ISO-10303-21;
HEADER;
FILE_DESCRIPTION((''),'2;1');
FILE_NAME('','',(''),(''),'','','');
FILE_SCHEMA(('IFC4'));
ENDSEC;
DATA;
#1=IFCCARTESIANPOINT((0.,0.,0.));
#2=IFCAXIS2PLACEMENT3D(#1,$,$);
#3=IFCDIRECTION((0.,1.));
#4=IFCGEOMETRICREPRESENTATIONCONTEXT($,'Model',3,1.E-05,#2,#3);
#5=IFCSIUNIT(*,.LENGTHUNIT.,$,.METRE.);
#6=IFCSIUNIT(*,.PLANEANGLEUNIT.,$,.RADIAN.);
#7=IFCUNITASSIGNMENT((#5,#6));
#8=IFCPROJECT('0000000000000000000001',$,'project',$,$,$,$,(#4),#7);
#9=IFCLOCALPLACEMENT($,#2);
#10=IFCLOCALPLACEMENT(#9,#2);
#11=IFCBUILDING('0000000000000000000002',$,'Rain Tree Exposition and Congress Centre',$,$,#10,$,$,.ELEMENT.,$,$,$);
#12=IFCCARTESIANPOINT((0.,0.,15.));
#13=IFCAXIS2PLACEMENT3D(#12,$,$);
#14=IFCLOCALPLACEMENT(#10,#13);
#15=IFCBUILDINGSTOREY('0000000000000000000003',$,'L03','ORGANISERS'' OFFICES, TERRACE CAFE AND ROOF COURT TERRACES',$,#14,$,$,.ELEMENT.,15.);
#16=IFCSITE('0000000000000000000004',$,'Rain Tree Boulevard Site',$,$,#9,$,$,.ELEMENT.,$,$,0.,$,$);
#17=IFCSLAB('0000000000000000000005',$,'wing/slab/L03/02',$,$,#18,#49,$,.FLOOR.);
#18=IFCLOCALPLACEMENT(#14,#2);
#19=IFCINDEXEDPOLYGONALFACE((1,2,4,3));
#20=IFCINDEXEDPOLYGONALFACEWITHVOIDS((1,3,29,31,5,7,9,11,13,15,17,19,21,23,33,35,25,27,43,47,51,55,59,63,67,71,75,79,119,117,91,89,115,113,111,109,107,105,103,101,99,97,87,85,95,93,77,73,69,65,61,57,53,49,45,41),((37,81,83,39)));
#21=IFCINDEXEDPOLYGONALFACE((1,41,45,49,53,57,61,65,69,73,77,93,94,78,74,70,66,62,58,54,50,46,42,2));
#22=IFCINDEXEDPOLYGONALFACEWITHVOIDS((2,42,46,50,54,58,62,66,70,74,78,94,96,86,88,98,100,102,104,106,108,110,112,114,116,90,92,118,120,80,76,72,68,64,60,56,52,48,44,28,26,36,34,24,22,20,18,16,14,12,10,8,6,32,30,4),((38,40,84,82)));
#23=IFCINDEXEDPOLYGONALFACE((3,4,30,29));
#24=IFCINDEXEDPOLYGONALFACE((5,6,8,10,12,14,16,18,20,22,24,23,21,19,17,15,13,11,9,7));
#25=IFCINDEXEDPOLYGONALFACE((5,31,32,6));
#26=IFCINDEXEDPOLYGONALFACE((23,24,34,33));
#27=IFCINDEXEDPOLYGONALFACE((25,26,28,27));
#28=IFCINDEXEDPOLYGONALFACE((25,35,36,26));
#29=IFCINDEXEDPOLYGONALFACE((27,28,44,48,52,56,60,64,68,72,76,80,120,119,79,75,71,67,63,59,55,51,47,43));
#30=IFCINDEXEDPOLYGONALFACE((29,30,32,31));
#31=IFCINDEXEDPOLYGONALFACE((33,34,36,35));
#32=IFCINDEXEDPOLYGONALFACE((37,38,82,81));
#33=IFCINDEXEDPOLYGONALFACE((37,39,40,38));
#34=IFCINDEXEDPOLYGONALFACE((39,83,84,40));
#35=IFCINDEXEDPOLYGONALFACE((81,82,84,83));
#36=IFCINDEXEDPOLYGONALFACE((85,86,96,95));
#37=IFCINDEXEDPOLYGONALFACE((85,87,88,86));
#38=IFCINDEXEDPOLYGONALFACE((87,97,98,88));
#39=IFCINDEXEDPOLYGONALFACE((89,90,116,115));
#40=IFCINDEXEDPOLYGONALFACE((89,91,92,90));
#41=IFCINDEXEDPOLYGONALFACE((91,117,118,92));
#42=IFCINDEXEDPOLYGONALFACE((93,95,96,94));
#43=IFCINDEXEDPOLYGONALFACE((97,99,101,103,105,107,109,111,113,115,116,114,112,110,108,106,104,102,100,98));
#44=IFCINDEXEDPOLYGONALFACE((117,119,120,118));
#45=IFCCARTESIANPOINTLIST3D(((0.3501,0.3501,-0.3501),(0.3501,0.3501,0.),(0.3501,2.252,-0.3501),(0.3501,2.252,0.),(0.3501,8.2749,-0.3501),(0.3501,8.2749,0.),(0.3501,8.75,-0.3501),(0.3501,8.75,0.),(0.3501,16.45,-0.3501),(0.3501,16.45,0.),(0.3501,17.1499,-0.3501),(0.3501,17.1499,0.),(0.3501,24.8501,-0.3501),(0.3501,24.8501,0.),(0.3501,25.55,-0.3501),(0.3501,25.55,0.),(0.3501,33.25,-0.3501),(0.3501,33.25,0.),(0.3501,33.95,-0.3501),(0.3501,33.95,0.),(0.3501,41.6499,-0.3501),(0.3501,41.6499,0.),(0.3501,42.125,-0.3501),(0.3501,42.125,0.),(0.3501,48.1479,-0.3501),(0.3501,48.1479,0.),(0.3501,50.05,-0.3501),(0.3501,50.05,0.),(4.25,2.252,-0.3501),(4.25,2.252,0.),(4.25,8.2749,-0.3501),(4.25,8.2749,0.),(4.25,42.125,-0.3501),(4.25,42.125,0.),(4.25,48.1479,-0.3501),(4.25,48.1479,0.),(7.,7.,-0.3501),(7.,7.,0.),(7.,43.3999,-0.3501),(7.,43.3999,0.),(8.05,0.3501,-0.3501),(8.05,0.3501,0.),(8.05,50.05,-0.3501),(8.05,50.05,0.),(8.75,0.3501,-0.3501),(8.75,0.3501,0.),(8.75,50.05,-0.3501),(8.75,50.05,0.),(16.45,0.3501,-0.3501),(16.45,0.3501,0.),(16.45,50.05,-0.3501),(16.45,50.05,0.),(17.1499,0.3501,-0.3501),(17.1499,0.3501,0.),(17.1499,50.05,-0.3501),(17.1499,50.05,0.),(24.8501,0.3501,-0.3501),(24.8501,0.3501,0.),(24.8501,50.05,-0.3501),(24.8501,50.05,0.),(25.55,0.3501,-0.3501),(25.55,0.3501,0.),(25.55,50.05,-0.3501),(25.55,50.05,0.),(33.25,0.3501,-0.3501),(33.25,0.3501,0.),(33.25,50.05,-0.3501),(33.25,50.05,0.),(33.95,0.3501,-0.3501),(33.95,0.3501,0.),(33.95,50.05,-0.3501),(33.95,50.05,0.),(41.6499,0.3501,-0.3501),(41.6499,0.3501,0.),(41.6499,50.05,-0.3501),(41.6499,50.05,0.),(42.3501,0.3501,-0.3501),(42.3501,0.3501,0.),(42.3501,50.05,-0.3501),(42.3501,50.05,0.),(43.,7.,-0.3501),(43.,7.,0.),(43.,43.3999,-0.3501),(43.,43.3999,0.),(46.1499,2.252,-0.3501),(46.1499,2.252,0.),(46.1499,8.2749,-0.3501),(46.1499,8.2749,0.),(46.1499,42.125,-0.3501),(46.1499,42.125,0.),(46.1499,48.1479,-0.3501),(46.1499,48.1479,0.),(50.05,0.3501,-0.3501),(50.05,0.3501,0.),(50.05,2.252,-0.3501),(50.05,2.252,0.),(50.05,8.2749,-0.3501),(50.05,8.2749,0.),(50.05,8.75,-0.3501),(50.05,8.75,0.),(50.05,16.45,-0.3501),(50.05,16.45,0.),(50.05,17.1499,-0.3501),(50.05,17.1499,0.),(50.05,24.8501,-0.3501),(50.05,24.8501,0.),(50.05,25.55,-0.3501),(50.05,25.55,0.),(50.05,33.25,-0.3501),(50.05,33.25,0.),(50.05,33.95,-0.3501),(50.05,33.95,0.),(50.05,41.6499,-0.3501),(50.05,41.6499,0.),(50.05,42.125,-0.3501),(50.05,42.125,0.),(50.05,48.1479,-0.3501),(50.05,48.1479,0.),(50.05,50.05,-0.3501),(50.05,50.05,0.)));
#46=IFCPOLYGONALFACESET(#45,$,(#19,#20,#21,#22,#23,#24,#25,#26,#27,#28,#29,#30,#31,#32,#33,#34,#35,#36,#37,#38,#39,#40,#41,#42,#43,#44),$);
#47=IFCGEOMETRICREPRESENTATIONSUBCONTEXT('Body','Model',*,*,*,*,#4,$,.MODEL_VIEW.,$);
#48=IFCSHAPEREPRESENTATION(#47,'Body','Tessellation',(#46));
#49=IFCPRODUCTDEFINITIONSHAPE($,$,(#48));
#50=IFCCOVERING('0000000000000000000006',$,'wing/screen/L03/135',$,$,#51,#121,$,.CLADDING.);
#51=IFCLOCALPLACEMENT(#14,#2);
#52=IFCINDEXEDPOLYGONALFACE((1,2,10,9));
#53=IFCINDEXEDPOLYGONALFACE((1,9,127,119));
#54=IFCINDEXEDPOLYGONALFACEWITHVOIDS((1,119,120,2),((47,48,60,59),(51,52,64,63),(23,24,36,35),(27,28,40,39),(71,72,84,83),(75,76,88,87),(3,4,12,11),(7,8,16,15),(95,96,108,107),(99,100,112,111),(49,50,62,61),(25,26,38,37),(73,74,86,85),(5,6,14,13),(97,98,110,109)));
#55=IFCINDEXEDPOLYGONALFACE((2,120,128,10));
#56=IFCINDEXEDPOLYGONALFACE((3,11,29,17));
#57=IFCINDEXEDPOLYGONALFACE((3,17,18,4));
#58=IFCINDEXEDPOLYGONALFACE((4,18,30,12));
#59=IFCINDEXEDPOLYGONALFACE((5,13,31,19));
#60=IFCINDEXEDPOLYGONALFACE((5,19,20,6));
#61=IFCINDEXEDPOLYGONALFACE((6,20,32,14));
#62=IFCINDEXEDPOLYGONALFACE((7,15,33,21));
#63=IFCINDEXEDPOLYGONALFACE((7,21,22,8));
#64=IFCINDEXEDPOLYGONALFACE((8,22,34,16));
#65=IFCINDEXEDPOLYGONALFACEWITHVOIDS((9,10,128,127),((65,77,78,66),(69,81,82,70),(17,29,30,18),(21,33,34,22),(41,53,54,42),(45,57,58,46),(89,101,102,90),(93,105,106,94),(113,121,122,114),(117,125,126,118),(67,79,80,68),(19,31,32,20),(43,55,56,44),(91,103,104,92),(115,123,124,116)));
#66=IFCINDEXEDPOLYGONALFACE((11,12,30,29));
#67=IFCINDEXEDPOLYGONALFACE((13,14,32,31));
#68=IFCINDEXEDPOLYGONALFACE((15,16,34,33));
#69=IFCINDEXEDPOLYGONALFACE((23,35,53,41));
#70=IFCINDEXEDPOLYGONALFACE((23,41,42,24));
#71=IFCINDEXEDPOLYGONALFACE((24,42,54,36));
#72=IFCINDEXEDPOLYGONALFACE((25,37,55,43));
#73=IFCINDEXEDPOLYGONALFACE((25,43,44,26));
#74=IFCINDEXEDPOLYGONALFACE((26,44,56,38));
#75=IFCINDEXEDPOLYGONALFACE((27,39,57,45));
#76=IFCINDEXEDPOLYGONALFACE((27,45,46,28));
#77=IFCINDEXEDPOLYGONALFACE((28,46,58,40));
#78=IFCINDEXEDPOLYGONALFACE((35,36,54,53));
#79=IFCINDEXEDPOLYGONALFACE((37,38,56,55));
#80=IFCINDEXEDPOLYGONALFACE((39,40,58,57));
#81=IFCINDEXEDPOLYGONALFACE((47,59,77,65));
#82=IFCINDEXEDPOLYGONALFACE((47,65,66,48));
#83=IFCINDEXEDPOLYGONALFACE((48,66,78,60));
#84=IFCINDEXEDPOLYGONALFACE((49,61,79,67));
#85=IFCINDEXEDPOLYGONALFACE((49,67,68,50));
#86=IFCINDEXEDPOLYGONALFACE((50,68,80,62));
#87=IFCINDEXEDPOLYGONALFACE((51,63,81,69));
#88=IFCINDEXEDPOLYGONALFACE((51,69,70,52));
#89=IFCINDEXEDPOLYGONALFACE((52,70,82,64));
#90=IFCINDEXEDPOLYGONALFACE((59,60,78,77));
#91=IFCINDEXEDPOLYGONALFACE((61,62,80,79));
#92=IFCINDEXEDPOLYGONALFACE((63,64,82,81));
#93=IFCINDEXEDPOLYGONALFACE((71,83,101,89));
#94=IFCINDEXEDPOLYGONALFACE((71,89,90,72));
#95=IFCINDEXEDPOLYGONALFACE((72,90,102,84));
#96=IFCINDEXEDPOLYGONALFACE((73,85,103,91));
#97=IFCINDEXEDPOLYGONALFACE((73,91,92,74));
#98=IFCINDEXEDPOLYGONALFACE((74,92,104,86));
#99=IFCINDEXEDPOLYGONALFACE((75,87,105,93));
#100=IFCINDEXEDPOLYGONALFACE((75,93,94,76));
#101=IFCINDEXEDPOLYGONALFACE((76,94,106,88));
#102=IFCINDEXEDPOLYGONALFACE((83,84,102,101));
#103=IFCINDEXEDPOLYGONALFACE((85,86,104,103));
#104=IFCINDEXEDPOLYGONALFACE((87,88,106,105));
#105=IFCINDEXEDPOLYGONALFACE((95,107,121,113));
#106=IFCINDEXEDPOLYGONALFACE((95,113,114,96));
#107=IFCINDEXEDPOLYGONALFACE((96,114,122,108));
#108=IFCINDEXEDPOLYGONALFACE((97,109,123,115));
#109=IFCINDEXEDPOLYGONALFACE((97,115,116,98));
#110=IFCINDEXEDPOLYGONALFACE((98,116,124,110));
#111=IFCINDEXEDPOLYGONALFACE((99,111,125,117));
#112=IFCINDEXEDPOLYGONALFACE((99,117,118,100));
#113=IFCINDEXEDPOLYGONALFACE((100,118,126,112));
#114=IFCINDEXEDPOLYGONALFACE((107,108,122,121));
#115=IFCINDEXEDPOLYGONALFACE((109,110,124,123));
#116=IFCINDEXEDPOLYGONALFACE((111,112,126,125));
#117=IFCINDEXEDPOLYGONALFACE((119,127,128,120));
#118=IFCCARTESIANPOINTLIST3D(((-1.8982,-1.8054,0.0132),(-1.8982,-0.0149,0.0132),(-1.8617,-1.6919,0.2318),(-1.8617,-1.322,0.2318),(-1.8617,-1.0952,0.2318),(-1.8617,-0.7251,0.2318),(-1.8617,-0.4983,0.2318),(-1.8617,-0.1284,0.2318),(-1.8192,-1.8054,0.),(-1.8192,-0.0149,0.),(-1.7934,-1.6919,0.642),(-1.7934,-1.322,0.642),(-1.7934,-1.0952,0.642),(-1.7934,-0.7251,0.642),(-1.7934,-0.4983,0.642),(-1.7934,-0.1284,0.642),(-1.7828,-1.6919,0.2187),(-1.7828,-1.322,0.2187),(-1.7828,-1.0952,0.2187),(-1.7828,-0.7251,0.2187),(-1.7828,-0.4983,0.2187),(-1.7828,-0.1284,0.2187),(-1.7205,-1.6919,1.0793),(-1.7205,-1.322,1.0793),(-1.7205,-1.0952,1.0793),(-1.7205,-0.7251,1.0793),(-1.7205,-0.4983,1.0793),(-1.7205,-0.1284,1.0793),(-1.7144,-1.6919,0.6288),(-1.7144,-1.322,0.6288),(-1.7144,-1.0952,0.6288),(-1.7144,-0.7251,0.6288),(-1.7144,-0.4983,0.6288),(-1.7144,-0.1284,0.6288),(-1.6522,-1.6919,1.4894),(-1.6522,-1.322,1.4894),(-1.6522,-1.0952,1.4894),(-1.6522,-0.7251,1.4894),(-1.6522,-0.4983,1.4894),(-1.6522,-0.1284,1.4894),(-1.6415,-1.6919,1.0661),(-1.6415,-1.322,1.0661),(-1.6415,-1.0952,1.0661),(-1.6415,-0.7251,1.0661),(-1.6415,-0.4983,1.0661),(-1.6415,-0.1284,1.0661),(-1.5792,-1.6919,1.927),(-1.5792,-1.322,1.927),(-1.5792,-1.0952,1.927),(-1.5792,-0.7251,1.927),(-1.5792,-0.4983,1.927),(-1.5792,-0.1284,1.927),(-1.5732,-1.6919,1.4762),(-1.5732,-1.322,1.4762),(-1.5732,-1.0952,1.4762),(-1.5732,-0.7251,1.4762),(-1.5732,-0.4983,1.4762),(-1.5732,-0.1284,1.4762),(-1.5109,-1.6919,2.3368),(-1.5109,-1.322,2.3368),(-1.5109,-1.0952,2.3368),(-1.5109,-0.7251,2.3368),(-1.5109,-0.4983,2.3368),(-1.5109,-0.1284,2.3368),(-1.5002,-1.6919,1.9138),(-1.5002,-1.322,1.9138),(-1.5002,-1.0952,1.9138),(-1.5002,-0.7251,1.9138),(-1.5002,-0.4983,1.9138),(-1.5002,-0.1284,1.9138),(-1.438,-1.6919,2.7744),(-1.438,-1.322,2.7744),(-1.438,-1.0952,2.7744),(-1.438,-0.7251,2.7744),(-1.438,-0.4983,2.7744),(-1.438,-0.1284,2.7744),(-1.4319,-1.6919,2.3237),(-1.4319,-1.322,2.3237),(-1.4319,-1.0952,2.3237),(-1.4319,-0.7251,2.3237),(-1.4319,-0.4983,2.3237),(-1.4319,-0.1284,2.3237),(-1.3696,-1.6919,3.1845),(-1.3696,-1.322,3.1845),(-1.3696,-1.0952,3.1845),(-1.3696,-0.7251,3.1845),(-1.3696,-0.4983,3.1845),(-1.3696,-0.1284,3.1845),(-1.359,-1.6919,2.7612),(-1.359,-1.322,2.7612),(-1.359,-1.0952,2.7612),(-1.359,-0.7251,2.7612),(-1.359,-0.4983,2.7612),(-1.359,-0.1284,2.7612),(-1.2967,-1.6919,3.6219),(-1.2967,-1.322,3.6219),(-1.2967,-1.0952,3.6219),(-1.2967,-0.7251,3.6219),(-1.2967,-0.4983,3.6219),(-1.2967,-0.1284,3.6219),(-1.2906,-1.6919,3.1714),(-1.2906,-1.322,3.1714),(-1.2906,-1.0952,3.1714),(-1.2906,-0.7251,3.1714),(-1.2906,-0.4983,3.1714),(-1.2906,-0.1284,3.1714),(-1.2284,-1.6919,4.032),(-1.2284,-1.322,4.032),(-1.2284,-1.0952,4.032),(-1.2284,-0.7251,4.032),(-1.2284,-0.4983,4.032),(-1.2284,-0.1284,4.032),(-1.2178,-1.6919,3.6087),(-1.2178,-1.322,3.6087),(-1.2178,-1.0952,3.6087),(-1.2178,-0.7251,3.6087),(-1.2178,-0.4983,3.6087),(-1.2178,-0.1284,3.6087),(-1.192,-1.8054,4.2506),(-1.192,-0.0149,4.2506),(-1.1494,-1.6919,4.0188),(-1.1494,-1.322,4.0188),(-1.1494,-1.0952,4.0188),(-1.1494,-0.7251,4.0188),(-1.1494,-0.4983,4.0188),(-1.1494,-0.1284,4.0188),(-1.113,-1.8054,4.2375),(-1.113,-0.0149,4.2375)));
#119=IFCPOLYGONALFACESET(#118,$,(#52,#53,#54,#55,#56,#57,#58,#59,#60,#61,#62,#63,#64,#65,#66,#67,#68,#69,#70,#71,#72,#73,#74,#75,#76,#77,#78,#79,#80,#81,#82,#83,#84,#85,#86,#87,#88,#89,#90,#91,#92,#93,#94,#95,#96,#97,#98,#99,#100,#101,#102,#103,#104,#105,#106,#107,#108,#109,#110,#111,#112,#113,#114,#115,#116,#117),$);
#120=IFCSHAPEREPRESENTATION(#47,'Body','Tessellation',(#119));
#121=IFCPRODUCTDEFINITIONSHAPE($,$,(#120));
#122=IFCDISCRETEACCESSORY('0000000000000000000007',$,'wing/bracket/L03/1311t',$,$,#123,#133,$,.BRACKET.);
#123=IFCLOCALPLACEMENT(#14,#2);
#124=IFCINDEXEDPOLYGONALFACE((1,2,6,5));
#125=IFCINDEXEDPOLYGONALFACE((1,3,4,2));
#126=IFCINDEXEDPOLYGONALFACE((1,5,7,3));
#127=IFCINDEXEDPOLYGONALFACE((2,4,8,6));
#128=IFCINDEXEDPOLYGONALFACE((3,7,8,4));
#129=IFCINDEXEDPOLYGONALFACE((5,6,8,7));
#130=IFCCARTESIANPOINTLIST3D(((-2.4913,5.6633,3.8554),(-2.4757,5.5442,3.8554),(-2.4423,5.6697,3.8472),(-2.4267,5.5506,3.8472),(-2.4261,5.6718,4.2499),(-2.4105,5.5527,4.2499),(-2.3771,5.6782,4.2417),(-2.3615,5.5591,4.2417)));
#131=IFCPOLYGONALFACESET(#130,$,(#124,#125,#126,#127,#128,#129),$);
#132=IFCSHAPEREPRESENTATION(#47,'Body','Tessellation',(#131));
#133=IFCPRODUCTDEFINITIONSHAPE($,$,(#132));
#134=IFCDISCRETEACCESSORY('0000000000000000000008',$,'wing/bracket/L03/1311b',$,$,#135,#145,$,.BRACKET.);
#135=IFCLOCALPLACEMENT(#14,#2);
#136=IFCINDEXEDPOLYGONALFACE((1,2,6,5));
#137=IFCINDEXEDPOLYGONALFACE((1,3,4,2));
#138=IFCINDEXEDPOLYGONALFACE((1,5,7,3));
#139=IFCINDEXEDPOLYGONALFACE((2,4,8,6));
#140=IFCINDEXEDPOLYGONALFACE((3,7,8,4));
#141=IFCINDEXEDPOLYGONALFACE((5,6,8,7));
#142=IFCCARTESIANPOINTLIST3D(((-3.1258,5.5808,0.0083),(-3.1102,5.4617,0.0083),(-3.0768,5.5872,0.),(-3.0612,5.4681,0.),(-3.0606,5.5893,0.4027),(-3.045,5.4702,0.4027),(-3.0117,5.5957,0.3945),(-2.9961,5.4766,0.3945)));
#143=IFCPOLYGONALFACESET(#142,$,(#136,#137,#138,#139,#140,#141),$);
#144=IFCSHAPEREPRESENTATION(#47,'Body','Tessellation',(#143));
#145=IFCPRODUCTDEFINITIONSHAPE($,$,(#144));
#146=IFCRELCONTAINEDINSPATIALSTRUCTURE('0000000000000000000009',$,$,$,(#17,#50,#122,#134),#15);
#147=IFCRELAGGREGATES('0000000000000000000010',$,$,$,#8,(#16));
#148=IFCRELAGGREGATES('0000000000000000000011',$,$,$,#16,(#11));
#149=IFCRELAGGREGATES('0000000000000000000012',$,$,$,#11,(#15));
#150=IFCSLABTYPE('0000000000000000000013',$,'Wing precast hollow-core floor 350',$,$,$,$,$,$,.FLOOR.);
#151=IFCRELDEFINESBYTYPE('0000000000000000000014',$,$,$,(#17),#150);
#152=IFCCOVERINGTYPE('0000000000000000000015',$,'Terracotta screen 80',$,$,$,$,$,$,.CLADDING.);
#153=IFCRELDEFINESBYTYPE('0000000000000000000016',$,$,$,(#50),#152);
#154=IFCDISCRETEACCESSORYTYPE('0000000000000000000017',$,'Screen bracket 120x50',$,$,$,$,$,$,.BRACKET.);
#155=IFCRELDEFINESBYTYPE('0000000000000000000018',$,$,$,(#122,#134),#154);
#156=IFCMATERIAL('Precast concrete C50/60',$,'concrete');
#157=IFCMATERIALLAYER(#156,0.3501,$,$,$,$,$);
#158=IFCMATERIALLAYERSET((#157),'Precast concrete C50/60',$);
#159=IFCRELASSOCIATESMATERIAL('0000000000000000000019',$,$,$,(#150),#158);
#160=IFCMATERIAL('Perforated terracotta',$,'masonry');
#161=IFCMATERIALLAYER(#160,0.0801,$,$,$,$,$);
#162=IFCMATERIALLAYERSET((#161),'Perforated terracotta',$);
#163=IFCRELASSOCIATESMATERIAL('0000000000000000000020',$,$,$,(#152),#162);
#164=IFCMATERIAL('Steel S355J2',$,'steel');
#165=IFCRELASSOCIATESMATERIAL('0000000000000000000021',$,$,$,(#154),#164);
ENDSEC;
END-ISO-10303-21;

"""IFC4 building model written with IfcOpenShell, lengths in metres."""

from ifc_helpers import new_model, si_unit, direction, frame, origin, origin_2d, place, context, subcontext, project, spatial, polyline, rectangle, outline, extrude, material, layer, layer_set, material_profile, profile_set, type_object, element, save


model = new_model("IFC4")

# Units and contexts
model_context = context("Model", 3, precision=1e-05, world=origin(), true_north=direction((0.0, 1.0)))
body_context = subcontext(model_context, "Body", "Model", "MODEL_VIEW")
ifc_project = project(units=[si_unit("LENGTHUNIT", "METRE"), si_unit("PLANEANGLEUNIT", "RADIAN")], contexts=[model_context])

# Site, building, storey
site_placement = place(None, origin())
site = spatial("IfcSite", under=ifc_project, at=site_placement, Name="Rain Tree Boulevard Site", CompositionType="ELEMENT", RefElevation=0.0)
building_placement = place(site_placement, origin())
building = spatial("IfcBuilding", under=site, at=building_placement, Name="Rain Tree Exposition and Congress Centre", CompositionType="ELEMENT")
storey_placement = place(building_placement, frame((0.0, 0.0, 15.0)))
storey = spatial("IfcBuildingStorey", under=building, at=storey_placement, Name="L03", Description="ORGANISERS' OFFICES, TERRACE CAFE AND ROOF COURT TERRACES", CompositionType="ELEMENT", Elevation=15.0)

# Slab
ifc_material_1 = material(Name="Precast concrete C50/60", Category="concrete")
ifc_layer_1 = layer(ifc_material_1, 0.3501)
ifc_layer_set_1 = layer_set([ifc_layer_1], Name="Precast concrete C50/60")
slab_type_1 = type_object("IfcSlabType", Name="Wing precast hollow-core floor 350", PredefinedType="FLOOR", material=ifc_layer_set_1)
slab_1_placement = place(storey_placement, frame((0.0, 0.0, -0.3501)))
element("IfcSlab", 1, at=slab_1_placement, inside=storey, type_object=slab_type_1, Name="wing/slab/L03/02", PredefinedType="FLOOR", context=body_context, shape_type="SweptSolid", body=[
    extrude(outline(polyline([(42.3501, 0.3501), (50.05, 0.3501), (50.05, 2.252), (46.1499, 2.252), (46.1499, 8.2749), (50.05, 8.2749), (50.05, 8.75), (50.05, 16.45), (50.05, 17.1499), (50.05, 24.8501), (50.05, 25.55), (50.05, 33.25), (50.05, 33.95), (50.05, 41.6499), (50.05, 42.125), (46.1499, 42.125), (46.1499, 48.1479), (50.05, 48.1479), (50.05, 50.05), (42.3501, 50.05), (41.6499, 50.05), (33.95, 50.05), (33.25, 50.05), (25.55, 50.05), (24.8501, 50.05), (17.1499, 50.05), (16.45, 50.05), (8.75, 50.05), (8.05, 50.05), (0.3501, 50.05), (0.3501, 48.1479), (4.25, 48.1479), (4.25, 42.125), (0.3501, 42.125), (0.3501, 41.6499), (0.3501, 33.95), (0.3501, 33.25), (0.3501, 25.55), (0.3501, 24.8501), (0.3501, 17.1499), (0.3501, 16.45), (0.3501, 8.75), (0.3501, 8.2749), (4.25, 8.2749), (4.25, 2.252), (0.3501, 2.252), (0.3501, 0.3501), (8.05, 0.3501), (8.75, 0.3501), (16.45, 0.3501), (17.1499, 0.3501), (24.8501, 0.3501), (25.55, 0.3501), (33.25, 0.3501), (33.95, 0.3501), (41.6499, 0.3501), (42.3501, 0.3501)]), holes=[polyline([(7.0, 7.0), (7.0, 43.3999), (43.0, 43.3999), (43.0, 7.0), (7.0, 7.0)])]), origin(), (0.0, 0.0, 1.0), 0.3501),
])

# Covering
ifc_material_2 = material(Name="Perforated terracotta", Category="masonry")
ifc_layer_2 = layer(ifc_material_2, 0.0801)
ifc_layer_set_2 = layer_set([ifc_layer_2], Name="Perforated terracotta")
covering_type_1 = type_object("IfcCoveringType", Name="Terracotta screen 80", PredefinedType="CLADDING", material=ifc_layer_set_2)
covering_1_placement = place(storey_placement, frame((-1.8982, 0.0, 0.0132), z_axis=(0.986394, 0.0, -0.164399), x_axis=(0.0, 1.0, 0.0)))
element("IfcCovering", 2, at=covering_1_placement, inside=storey, type_object=covering_type_1, Name="wing/screen/L03/135", PredefinedType="CLADDING", context=body_context, shape_type="SweptSolid", body=[
    extrude(outline(polyline([(-1.8054, 0.0), (-1.8054, 4.2959), (-0.0149, 4.2959), (-0.0149, 0.0), (-1.8054, 0.0)]), holes=[polyline([(-0.1284, 0.2217), (-0.1284, 0.6375), (-0.4983, 0.6375), (-0.4983, 0.2217), (-0.1284, 0.2217)]), polyline([(-0.1284, 1.0808), (-0.1284, 1.4966), (-0.4983, 1.4966), (-0.4983, 1.0808), (-0.1284, 1.0808)]), polyline([(-0.1284, 1.9402), (-0.1284, 2.3557), (-0.4983, 2.3557), (-0.4983, 1.9402), (-0.1284, 1.9402)]), polyline([(-0.1284, 2.7993), (-0.1284, 3.2151), (-0.4983, 3.2151), (-0.4983, 2.7993), (-0.1284, 2.7993)]), polyline([(-0.1284, 3.6584), (-0.1284, 4.0742), (-0.4983, 4.0742), (-0.4983, 3.6584), (-0.1284, 3.6584)]), polyline([(-0.7251, 0.2217), (-0.7251, 0.6375), (-1.0952, 0.6375), (-1.0952, 0.2217), (-0.7251, 0.2217)]), polyline([(-0.7251, 1.0808), (-0.7251, 1.4966), (-1.0952, 1.4966), (-1.0952, 1.0808), (-0.7251, 1.0808)]), polyline([(-0.7251, 1.9402), (-0.7251, 2.3557), (-1.0952, 2.3557), (-1.0952, 1.9402), (-0.7251, 1.9402)]), polyline([(-0.7251, 2.7993), (-0.7251, 3.2151), (-1.0952, 3.2151), (-1.0952, 2.7993), (-0.7251, 2.7993)]), polyline([(-0.7251, 3.6584), (-0.7251, 4.0742), (-1.0952, 4.0742), (-1.0952, 3.6584), (-0.7251, 3.6584)]), polyline([(-1.322, 0.2217), (-1.322, 0.6375), (-1.6919, 0.6375), (-1.6919, 0.2217), (-1.322, 0.2217)]), polyline([(-1.322, 1.0808), (-1.322, 1.4966), (-1.6919, 1.4966), (-1.6919, 1.0808), (-1.322, 1.0808)]), polyline([(-1.322, 1.9402), (-1.322, 2.3557), (-1.6919, 2.3557), (-1.6919, 1.9402), (-1.322, 1.9402)]), polyline([(-1.322, 2.7993), (-1.322, 3.2151), (-1.6919, 3.2151), (-1.6919, 2.7993), (-1.322, 2.7993)]), polyline([(-1.322, 3.6584), (-1.322, 4.0742), (-1.6919, 4.0742), (-1.6919, 3.6584), (-1.322, 3.6584)])]), origin(), (0.0, 0.0, 1.0), 0.0801),
])

# Discrete accessories
ifc_material_3 = material(Name="Steel S355J2", Category="steel")
ifc_material_profile_1 = material_profile(ifc_material_3, rectangle(XDim=0.1201, YDim=0.05, at=origin_2d()), Name="Flat bar 120x50")
ifc_profile_set_1 = profile_set([ifc_material_profile_1], Name="Steel S355J2")
discrete_accessory_type = type_object("IfcDiscreteAccessoryType", Name="Screen bracket 120x50", PredefinedType="BRACKET", material=ifc_profile_set_1)
for number, where, z_axis, x_axis, name in (
    (3, (-2.459, 5.6069, 3.8513), (0.162976, 0.021364, 0.986399), (-0.129974, 0.991517, 0.0), "wing/bracket/L03/1311t"),
    (4, (-3.0935, 5.5244, 0.0042), (0.162976, 0.021364, 0.986399), (-0.129974, 0.991517, 0.0), "wing/bracket/L03/1311b"),
):
    element("IfcDiscreteAccessory", number, at=place(storey_placement, frame(where, z_axis=z_axis, x_axis=x_axis)), inside=storey, type_object=discrete_accessory_type, Name=name, PredefinedType="BRACKET", context=body_context, shape_type="SweptSolid", body=[
        extrude(rectangle(XDim=0.1201, YDim=0.05, at=origin_2d()), origin(), (0.0, 0.0, 1.0), 0.3999),
    ])

save(model, "model.ifc")
